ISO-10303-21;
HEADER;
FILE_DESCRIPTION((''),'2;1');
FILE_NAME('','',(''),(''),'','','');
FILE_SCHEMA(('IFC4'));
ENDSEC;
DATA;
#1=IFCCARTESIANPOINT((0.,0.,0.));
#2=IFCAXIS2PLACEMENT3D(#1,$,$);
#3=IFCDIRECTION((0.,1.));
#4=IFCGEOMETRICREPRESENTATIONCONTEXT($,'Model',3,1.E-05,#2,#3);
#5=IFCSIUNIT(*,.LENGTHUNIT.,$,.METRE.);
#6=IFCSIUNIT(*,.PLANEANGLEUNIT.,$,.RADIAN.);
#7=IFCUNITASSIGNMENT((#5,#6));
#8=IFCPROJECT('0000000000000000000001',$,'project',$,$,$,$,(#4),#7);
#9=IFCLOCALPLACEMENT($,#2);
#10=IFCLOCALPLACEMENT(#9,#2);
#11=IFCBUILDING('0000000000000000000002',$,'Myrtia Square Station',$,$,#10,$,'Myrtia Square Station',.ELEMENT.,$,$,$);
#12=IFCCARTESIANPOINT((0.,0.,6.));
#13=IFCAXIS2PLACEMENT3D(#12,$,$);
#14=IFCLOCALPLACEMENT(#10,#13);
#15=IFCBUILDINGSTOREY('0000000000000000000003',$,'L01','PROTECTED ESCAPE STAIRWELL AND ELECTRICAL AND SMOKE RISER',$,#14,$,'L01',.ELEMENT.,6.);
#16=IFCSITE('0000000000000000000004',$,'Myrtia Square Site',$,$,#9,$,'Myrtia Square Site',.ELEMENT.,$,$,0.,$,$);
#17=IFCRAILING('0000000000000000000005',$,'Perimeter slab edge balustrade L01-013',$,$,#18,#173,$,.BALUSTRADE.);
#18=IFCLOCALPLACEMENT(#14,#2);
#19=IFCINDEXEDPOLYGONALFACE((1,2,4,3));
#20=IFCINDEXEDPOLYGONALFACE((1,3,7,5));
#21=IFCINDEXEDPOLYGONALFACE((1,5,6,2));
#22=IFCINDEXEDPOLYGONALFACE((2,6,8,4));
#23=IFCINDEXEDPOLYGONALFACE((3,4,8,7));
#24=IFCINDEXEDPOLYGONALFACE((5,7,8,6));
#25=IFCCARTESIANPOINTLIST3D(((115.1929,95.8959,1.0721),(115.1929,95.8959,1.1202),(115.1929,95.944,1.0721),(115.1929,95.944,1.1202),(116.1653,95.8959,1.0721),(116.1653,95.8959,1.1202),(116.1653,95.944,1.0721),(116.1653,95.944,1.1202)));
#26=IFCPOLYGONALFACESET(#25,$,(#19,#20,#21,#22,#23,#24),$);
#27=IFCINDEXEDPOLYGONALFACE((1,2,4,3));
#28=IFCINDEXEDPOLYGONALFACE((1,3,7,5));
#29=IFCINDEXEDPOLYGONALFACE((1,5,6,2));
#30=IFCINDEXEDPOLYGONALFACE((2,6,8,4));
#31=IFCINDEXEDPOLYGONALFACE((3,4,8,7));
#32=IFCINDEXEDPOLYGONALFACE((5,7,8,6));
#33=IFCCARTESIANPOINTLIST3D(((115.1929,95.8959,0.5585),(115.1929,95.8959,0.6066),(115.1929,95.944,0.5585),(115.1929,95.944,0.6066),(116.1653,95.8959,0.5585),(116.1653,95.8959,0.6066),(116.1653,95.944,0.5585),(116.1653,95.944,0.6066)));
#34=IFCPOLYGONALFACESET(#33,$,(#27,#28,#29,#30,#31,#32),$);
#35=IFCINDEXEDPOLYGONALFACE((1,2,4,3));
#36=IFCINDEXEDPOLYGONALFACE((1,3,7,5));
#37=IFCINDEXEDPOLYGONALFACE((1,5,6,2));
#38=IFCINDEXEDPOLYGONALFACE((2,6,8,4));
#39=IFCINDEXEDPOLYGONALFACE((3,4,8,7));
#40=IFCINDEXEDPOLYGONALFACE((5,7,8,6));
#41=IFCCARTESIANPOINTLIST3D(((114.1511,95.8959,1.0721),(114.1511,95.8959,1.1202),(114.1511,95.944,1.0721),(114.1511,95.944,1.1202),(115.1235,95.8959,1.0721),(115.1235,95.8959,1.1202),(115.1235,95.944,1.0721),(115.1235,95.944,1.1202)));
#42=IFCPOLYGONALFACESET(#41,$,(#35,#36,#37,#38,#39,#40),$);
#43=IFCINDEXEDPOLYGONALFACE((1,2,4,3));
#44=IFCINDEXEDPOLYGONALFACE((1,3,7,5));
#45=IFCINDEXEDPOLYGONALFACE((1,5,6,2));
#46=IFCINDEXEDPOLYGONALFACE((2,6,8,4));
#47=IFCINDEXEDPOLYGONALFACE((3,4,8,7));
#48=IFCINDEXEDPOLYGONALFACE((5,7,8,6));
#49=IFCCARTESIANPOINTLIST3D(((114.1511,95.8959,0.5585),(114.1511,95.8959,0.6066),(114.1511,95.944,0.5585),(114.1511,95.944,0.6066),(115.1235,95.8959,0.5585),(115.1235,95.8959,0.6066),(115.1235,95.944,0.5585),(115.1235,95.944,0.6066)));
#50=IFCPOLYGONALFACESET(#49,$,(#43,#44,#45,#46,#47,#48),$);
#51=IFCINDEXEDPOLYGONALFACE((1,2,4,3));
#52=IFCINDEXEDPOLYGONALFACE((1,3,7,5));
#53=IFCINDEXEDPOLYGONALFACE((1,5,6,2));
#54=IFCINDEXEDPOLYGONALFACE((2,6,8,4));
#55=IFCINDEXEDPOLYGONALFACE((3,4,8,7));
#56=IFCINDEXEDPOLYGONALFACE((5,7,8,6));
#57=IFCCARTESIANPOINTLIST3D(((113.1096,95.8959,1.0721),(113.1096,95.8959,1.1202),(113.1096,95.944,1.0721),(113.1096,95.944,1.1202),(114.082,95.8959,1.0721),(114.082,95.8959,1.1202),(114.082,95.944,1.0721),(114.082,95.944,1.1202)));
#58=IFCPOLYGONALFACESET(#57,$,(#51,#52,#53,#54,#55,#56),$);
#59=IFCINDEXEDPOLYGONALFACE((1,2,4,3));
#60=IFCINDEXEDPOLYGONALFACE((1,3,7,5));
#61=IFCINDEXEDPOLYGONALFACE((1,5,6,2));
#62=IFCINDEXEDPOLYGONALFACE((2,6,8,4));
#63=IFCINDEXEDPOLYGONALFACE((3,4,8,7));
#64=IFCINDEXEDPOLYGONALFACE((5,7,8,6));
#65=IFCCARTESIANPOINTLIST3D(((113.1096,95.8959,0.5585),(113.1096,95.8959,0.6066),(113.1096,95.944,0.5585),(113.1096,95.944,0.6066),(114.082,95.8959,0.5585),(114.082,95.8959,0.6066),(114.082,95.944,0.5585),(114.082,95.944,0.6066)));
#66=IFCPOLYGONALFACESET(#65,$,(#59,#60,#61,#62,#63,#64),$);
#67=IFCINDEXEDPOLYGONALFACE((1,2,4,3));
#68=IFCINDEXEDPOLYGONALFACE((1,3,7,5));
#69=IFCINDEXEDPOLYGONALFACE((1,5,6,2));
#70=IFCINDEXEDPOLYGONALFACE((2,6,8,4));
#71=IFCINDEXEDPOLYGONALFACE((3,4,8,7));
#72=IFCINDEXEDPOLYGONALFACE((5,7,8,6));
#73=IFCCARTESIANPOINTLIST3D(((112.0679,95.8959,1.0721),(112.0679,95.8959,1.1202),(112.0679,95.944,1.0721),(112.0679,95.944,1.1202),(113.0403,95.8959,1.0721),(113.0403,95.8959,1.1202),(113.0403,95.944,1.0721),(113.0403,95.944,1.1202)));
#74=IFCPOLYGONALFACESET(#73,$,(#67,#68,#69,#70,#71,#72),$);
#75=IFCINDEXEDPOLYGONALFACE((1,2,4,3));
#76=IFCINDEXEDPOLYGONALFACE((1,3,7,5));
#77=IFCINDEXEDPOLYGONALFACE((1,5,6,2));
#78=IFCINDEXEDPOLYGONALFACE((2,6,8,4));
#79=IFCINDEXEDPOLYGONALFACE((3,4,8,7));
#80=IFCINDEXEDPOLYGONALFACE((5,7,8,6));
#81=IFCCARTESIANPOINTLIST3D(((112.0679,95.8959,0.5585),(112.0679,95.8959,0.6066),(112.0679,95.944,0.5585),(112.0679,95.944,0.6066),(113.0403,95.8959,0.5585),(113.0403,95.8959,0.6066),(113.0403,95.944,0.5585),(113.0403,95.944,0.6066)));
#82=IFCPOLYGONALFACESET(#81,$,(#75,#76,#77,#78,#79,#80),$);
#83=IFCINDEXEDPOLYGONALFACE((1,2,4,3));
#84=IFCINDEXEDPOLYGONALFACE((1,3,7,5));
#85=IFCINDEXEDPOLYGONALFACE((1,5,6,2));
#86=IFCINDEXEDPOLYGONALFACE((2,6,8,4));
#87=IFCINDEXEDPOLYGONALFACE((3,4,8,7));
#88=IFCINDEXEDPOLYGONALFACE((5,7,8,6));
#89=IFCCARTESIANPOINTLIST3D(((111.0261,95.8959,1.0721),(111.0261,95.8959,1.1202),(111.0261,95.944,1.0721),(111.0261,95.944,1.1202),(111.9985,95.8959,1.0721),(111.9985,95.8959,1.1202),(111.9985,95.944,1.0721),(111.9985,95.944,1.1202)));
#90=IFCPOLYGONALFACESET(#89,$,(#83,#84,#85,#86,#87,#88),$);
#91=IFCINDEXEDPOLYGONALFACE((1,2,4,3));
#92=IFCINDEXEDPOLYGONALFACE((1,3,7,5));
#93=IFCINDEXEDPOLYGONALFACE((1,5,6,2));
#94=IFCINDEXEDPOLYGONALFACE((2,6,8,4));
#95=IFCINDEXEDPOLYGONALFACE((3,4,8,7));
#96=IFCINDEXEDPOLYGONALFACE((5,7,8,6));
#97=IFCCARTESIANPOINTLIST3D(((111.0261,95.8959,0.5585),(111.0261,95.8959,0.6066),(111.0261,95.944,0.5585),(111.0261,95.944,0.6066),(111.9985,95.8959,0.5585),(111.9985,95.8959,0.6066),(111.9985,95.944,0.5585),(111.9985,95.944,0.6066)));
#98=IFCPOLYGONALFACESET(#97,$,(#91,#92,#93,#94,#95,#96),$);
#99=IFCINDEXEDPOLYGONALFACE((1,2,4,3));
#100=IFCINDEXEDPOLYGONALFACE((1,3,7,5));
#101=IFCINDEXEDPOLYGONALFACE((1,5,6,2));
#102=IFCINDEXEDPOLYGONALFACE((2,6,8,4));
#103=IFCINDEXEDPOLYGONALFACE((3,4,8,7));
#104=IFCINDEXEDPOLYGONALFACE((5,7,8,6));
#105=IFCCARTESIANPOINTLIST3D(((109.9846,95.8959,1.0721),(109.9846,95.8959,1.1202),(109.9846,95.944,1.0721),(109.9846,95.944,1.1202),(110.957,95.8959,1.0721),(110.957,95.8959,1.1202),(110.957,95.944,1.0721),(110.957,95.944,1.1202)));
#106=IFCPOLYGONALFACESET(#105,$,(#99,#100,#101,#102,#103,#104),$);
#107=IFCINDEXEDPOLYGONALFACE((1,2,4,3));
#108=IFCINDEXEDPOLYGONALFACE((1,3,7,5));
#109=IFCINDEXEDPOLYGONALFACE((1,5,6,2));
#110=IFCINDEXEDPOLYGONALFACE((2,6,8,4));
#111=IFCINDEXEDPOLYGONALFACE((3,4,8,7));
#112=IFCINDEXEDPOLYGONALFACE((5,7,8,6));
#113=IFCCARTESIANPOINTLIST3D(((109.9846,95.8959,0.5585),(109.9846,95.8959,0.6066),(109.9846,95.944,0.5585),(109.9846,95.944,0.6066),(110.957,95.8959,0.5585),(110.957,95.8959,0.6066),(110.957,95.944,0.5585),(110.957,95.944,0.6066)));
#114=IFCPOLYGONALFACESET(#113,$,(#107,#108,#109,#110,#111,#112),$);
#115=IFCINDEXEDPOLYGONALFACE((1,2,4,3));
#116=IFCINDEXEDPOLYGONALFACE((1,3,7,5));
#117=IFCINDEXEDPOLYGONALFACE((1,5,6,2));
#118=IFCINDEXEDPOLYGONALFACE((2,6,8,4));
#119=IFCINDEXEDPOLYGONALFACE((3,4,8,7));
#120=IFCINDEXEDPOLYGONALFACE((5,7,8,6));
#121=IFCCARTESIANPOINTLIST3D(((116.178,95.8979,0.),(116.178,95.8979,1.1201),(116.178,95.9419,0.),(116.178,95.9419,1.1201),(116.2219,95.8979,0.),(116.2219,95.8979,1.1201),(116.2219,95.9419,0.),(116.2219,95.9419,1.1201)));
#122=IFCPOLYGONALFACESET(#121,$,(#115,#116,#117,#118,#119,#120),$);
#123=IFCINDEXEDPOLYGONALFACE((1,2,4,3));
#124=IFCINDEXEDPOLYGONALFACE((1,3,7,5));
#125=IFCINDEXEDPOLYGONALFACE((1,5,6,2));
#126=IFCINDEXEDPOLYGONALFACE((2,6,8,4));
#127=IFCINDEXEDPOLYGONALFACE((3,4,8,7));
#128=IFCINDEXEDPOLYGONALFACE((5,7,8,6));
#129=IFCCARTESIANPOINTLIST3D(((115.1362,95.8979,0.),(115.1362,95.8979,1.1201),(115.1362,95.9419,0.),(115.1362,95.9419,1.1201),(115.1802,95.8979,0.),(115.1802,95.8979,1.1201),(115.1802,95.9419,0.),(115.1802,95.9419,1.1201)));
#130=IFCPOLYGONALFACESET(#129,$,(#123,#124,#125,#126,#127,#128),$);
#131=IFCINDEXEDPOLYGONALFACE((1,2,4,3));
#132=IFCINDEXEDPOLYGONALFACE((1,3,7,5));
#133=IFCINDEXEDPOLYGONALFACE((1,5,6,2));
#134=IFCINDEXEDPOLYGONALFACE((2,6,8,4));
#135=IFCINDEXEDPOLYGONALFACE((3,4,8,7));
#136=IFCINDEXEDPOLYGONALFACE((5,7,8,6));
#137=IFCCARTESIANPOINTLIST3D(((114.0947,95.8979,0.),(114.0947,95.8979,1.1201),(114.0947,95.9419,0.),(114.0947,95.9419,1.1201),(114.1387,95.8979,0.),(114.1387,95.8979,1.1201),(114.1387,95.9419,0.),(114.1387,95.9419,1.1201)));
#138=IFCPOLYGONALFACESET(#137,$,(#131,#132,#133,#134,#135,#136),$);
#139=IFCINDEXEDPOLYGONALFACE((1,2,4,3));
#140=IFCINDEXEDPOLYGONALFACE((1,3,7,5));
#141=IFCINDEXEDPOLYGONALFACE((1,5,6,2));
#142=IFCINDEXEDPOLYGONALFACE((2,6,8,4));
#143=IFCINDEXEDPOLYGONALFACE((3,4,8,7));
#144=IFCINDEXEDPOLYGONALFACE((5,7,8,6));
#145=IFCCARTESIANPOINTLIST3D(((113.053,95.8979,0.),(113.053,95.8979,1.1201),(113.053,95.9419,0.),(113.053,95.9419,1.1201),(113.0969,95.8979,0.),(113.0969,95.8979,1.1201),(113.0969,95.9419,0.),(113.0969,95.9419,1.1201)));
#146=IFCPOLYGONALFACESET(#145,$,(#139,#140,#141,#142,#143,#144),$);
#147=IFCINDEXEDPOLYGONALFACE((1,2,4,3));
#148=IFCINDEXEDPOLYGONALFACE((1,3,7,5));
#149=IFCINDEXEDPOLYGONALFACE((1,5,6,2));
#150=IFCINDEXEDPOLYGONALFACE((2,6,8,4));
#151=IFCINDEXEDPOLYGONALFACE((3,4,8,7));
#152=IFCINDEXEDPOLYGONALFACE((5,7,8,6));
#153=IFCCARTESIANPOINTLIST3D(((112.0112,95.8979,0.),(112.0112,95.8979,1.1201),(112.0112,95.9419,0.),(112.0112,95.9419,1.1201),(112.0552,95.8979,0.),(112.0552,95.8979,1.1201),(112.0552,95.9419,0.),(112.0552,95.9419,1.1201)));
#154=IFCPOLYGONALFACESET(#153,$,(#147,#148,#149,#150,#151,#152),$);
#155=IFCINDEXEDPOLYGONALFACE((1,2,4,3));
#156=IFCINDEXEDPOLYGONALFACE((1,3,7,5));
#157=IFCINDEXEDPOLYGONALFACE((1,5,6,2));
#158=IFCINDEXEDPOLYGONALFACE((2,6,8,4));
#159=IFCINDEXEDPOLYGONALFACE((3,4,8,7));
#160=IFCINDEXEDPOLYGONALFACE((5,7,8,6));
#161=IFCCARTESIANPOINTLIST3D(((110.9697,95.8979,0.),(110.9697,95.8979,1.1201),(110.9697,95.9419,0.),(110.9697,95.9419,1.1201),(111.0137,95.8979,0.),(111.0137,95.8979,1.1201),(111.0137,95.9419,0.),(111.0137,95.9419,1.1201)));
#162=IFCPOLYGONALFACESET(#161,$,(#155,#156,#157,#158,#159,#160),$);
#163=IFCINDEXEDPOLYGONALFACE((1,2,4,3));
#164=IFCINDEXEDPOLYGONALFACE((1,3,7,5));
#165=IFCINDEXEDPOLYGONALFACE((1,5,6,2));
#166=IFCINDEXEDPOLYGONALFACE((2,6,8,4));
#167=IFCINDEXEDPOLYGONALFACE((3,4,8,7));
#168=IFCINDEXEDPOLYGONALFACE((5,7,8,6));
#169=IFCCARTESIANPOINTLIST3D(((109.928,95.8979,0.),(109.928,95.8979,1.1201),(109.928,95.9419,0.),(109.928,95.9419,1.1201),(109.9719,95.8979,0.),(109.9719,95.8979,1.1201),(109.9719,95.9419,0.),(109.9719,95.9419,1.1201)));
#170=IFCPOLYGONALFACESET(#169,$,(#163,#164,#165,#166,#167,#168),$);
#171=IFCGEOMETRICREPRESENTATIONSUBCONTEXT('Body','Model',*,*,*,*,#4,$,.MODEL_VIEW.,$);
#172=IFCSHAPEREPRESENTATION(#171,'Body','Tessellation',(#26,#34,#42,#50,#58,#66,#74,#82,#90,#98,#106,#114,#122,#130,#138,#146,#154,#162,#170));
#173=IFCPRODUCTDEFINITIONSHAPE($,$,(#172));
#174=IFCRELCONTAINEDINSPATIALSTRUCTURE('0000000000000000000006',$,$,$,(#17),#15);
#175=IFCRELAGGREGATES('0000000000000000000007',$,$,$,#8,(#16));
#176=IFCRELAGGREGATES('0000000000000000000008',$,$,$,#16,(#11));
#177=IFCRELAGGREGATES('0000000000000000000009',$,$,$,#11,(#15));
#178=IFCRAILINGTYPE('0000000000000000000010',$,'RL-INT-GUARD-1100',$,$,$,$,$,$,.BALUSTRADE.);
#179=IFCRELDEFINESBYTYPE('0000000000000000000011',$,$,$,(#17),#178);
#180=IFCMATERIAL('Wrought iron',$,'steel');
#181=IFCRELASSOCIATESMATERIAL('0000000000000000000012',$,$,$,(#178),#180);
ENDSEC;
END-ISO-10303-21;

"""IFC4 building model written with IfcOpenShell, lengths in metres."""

from ifc_helpers import new_model, si_unit, direction, frame, origin, origin_2d, place, context, subcontext, project, spatial, rectangle, extrude, material, type_object, element, save


model = new_model("IFC4")

# Units and contexts
model_context = context("Model", 3, precision=1e-05, world=origin(), true_north=direction((0.0, 1.0)))
body_context = subcontext(model_context, "Body", "Model", "MODEL_VIEW")
ifc_project = project(units=[si_unit("LENGTHUNIT", "METRE"), si_unit("PLANEANGLEUNIT", "RADIAN")], contexts=[model_context])

# Site, building, storey
site_placement = place(None, origin())
site = spatial("IfcSite", under=ifc_project, at=site_placement, Name="Myrtia Square Site", LongName="Myrtia Square Site", CompositionType="ELEMENT", RefElevation=0.0)
building_placement = place(site_placement, origin())
building = spatial("IfcBuilding", under=site, at=building_placement, Name="Myrtia Square Station", LongName="Myrtia Square Station", CompositionType="ELEMENT")
storey_placement = place(building_placement, frame((0.0, 0.0, 6.0)))
storey = spatial("IfcBuildingStorey", under=building, at=storey_placement, Name="L01", Description="PROTECTED ESCAPE STAIRWELL AND ELECTRICAL AND SMOKE RISER", LongName="L01", CompositionType="ELEMENT", Elevation=6.0)

# Railing
ifc_material_1 = material(Name="Wrought iron", Category="steel")
railing_type = type_object("IfcRailingType", Name="RL-INT-GUARD-1100", PredefinedType="BALUSTRADE", material=ifc_material_1)
railing_1_placement = place(storey_placement, frame((116.2, 95.9199, 0.0)))
element("IfcRailing", 1, at=railing_1_placement, inside=storey, type_object=railing_type, Name="Perimeter slab edge balustrade L01-013", PredefinedType="BALUSTRADE", context=body_context, shape_type="SweptSolid", body=[
    extrude(rectangle(XDim=0.0481, YDim=0.0481, at=origin_2d()), frame((-0.0347, 0.0, 1.0962), z_axis=(-1.0, 0.0, 0.0), x_axis=(0.0, -1.0, 0.0)), (0.0, 0.0, 1.0), 0.9724),
    extrude(rectangle(XDim=0.0481, YDim=0.0481, at=origin_2d()), frame((-0.0347, 0.0, 0.5825), z_axis=(-1.0, 0.0, 0.0), x_axis=(0.0, -1.0, 0.0)), (0.0, 0.0, 1.0), 0.9724),
    extrude(rectangle(XDim=0.0481, YDim=0.0481, at=origin_2d()), frame((-1.0764, 0.0, 1.0962), z_axis=(-1.0, 0.0, 0.0), x_axis=(0.0, -1.0, 0.0)), (0.0, 0.0, 1.0), 0.9724),
    extrude(rectangle(XDim=0.0481, YDim=0.0481, at=origin_2d()), frame((-1.0764, 0.0, 0.5825), z_axis=(-1.0, 0.0, 0.0), x_axis=(0.0, -1.0, 0.0)), (0.0, 0.0, 1.0), 0.9724),
    extrude(rectangle(XDim=0.0481, YDim=0.0481, at=origin_2d()), frame((-2.1179, 0.0, 1.0962), z_axis=(-1.0, 0.0, 0.0), x_axis=(0.0, -1.0, 0.0)), (0.0, 0.0, 1.0), 0.9724),
    extrude(rectangle(XDim=0.0481, YDim=0.0481, at=origin_2d()), frame((-2.1179, 0.0, 0.5825), z_axis=(-1.0, 0.0, 0.0), x_axis=(0.0, -1.0, 0.0)), (0.0, 0.0, 1.0), 0.9724),
    extrude(rectangle(XDim=0.0481, YDim=0.0481, at=origin_2d()), frame((-3.1597, 0.0, 1.0962), z_axis=(-1.0, 0.0, 0.0), x_axis=(0.0, -1.0, 0.0)), (0.0, 0.0, 1.0), 0.9724),
    extrude(rectangle(XDim=0.0481, YDim=0.0481, at=origin_2d()), frame((-3.1597, 0.0, 0.5825), z_axis=(-1.0, 0.0, 0.0), x_axis=(0.0, -1.0, 0.0)), (0.0, 0.0, 1.0), 0.9724),
    extrude(rectangle(XDim=0.0481, YDim=0.0481, at=origin_2d()), frame((-4.2014, 0.0, 1.0962), z_axis=(-1.0, 0.0, 0.0), x_axis=(0.0, -1.0, 0.0)), (0.0, 0.0, 1.0), 0.9724),
    extrude(rectangle(XDim=0.0481, YDim=0.0481, at=origin_2d()), frame((-4.2014, 0.0, 0.5825), z_axis=(-1.0, 0.0, 0.0), x_axis=(0.0, -1.0, 0.0)), (0.0, 0.0, 1.0), 0.9724),
    extrude(rectangle(XDim=0.0481, YDim=0.0481, at=origin_2d()), frame((-5.2429, 0.0, 1.0962), z_axis=(-1.0, 0.0, 0.0), x_axis=(0.0, -1.0, 0.0)), (0.0, 0.0, 1.0), 0.9724),
    extrude(rectangle(XDim=0.0481, YDim=0.0481, at=origin_2d()), frame((-5.2429, 0.0, 0.5825), z_axis=(-1.0, 0.0, 0.0), x_axis=(0.0, -1.0, 0.0)), (0.0, 0.0, 1.0), 0.9724),
    extrude(rectangle(XDim=0.0439, YDim=0.0439, at=origin_2d()), origin(), (0.0, 0.0, 1.0), 1.1201),
    extrude(rectangle(XDim=0.0439, YDim=0.0439, at=origin_2d()), frame((-1.0417, 0.0, 0.0)), (0.0, 0.0, 1.0), 1.1201),
    extrude(rectangle(XDim=0.0439, YDim=0.0439, at=origin_2d()), frame((-2.0833, 0.0, 0.0)), (0.0, 0.0, 1.0), 1.1201),
    extrude(rectangle(XDim=0.0439, YDim=0.0439, at=origin_2d()), frame((-3.125, 0.0, 0.0)), (0.0, 0.0, 1.0), 1.1201),
    extrude(rectangle(XDim=0.0439, YDim=0.0439, at=origin_2d()), frame((-4.1667, 0.0, 0.0)), (0.0, 0.0, 1.0), 1.1201),
    extrude(rectangle(XDim=0.0439, YDim=0.0439, at=origin_2d()), frame((-5.2083, 0.0, 0.0)), (0.0, 0.0, 1.0), 1.1201),
    extrude(rectangle(XDim=0.0439, YDim=0.0439, at=origin_2d()), frame((-6.25, 0.0, 0.0)), (0.0, 0.0, 1.0), 1.1201),
])

save(model, "model.ifc")
